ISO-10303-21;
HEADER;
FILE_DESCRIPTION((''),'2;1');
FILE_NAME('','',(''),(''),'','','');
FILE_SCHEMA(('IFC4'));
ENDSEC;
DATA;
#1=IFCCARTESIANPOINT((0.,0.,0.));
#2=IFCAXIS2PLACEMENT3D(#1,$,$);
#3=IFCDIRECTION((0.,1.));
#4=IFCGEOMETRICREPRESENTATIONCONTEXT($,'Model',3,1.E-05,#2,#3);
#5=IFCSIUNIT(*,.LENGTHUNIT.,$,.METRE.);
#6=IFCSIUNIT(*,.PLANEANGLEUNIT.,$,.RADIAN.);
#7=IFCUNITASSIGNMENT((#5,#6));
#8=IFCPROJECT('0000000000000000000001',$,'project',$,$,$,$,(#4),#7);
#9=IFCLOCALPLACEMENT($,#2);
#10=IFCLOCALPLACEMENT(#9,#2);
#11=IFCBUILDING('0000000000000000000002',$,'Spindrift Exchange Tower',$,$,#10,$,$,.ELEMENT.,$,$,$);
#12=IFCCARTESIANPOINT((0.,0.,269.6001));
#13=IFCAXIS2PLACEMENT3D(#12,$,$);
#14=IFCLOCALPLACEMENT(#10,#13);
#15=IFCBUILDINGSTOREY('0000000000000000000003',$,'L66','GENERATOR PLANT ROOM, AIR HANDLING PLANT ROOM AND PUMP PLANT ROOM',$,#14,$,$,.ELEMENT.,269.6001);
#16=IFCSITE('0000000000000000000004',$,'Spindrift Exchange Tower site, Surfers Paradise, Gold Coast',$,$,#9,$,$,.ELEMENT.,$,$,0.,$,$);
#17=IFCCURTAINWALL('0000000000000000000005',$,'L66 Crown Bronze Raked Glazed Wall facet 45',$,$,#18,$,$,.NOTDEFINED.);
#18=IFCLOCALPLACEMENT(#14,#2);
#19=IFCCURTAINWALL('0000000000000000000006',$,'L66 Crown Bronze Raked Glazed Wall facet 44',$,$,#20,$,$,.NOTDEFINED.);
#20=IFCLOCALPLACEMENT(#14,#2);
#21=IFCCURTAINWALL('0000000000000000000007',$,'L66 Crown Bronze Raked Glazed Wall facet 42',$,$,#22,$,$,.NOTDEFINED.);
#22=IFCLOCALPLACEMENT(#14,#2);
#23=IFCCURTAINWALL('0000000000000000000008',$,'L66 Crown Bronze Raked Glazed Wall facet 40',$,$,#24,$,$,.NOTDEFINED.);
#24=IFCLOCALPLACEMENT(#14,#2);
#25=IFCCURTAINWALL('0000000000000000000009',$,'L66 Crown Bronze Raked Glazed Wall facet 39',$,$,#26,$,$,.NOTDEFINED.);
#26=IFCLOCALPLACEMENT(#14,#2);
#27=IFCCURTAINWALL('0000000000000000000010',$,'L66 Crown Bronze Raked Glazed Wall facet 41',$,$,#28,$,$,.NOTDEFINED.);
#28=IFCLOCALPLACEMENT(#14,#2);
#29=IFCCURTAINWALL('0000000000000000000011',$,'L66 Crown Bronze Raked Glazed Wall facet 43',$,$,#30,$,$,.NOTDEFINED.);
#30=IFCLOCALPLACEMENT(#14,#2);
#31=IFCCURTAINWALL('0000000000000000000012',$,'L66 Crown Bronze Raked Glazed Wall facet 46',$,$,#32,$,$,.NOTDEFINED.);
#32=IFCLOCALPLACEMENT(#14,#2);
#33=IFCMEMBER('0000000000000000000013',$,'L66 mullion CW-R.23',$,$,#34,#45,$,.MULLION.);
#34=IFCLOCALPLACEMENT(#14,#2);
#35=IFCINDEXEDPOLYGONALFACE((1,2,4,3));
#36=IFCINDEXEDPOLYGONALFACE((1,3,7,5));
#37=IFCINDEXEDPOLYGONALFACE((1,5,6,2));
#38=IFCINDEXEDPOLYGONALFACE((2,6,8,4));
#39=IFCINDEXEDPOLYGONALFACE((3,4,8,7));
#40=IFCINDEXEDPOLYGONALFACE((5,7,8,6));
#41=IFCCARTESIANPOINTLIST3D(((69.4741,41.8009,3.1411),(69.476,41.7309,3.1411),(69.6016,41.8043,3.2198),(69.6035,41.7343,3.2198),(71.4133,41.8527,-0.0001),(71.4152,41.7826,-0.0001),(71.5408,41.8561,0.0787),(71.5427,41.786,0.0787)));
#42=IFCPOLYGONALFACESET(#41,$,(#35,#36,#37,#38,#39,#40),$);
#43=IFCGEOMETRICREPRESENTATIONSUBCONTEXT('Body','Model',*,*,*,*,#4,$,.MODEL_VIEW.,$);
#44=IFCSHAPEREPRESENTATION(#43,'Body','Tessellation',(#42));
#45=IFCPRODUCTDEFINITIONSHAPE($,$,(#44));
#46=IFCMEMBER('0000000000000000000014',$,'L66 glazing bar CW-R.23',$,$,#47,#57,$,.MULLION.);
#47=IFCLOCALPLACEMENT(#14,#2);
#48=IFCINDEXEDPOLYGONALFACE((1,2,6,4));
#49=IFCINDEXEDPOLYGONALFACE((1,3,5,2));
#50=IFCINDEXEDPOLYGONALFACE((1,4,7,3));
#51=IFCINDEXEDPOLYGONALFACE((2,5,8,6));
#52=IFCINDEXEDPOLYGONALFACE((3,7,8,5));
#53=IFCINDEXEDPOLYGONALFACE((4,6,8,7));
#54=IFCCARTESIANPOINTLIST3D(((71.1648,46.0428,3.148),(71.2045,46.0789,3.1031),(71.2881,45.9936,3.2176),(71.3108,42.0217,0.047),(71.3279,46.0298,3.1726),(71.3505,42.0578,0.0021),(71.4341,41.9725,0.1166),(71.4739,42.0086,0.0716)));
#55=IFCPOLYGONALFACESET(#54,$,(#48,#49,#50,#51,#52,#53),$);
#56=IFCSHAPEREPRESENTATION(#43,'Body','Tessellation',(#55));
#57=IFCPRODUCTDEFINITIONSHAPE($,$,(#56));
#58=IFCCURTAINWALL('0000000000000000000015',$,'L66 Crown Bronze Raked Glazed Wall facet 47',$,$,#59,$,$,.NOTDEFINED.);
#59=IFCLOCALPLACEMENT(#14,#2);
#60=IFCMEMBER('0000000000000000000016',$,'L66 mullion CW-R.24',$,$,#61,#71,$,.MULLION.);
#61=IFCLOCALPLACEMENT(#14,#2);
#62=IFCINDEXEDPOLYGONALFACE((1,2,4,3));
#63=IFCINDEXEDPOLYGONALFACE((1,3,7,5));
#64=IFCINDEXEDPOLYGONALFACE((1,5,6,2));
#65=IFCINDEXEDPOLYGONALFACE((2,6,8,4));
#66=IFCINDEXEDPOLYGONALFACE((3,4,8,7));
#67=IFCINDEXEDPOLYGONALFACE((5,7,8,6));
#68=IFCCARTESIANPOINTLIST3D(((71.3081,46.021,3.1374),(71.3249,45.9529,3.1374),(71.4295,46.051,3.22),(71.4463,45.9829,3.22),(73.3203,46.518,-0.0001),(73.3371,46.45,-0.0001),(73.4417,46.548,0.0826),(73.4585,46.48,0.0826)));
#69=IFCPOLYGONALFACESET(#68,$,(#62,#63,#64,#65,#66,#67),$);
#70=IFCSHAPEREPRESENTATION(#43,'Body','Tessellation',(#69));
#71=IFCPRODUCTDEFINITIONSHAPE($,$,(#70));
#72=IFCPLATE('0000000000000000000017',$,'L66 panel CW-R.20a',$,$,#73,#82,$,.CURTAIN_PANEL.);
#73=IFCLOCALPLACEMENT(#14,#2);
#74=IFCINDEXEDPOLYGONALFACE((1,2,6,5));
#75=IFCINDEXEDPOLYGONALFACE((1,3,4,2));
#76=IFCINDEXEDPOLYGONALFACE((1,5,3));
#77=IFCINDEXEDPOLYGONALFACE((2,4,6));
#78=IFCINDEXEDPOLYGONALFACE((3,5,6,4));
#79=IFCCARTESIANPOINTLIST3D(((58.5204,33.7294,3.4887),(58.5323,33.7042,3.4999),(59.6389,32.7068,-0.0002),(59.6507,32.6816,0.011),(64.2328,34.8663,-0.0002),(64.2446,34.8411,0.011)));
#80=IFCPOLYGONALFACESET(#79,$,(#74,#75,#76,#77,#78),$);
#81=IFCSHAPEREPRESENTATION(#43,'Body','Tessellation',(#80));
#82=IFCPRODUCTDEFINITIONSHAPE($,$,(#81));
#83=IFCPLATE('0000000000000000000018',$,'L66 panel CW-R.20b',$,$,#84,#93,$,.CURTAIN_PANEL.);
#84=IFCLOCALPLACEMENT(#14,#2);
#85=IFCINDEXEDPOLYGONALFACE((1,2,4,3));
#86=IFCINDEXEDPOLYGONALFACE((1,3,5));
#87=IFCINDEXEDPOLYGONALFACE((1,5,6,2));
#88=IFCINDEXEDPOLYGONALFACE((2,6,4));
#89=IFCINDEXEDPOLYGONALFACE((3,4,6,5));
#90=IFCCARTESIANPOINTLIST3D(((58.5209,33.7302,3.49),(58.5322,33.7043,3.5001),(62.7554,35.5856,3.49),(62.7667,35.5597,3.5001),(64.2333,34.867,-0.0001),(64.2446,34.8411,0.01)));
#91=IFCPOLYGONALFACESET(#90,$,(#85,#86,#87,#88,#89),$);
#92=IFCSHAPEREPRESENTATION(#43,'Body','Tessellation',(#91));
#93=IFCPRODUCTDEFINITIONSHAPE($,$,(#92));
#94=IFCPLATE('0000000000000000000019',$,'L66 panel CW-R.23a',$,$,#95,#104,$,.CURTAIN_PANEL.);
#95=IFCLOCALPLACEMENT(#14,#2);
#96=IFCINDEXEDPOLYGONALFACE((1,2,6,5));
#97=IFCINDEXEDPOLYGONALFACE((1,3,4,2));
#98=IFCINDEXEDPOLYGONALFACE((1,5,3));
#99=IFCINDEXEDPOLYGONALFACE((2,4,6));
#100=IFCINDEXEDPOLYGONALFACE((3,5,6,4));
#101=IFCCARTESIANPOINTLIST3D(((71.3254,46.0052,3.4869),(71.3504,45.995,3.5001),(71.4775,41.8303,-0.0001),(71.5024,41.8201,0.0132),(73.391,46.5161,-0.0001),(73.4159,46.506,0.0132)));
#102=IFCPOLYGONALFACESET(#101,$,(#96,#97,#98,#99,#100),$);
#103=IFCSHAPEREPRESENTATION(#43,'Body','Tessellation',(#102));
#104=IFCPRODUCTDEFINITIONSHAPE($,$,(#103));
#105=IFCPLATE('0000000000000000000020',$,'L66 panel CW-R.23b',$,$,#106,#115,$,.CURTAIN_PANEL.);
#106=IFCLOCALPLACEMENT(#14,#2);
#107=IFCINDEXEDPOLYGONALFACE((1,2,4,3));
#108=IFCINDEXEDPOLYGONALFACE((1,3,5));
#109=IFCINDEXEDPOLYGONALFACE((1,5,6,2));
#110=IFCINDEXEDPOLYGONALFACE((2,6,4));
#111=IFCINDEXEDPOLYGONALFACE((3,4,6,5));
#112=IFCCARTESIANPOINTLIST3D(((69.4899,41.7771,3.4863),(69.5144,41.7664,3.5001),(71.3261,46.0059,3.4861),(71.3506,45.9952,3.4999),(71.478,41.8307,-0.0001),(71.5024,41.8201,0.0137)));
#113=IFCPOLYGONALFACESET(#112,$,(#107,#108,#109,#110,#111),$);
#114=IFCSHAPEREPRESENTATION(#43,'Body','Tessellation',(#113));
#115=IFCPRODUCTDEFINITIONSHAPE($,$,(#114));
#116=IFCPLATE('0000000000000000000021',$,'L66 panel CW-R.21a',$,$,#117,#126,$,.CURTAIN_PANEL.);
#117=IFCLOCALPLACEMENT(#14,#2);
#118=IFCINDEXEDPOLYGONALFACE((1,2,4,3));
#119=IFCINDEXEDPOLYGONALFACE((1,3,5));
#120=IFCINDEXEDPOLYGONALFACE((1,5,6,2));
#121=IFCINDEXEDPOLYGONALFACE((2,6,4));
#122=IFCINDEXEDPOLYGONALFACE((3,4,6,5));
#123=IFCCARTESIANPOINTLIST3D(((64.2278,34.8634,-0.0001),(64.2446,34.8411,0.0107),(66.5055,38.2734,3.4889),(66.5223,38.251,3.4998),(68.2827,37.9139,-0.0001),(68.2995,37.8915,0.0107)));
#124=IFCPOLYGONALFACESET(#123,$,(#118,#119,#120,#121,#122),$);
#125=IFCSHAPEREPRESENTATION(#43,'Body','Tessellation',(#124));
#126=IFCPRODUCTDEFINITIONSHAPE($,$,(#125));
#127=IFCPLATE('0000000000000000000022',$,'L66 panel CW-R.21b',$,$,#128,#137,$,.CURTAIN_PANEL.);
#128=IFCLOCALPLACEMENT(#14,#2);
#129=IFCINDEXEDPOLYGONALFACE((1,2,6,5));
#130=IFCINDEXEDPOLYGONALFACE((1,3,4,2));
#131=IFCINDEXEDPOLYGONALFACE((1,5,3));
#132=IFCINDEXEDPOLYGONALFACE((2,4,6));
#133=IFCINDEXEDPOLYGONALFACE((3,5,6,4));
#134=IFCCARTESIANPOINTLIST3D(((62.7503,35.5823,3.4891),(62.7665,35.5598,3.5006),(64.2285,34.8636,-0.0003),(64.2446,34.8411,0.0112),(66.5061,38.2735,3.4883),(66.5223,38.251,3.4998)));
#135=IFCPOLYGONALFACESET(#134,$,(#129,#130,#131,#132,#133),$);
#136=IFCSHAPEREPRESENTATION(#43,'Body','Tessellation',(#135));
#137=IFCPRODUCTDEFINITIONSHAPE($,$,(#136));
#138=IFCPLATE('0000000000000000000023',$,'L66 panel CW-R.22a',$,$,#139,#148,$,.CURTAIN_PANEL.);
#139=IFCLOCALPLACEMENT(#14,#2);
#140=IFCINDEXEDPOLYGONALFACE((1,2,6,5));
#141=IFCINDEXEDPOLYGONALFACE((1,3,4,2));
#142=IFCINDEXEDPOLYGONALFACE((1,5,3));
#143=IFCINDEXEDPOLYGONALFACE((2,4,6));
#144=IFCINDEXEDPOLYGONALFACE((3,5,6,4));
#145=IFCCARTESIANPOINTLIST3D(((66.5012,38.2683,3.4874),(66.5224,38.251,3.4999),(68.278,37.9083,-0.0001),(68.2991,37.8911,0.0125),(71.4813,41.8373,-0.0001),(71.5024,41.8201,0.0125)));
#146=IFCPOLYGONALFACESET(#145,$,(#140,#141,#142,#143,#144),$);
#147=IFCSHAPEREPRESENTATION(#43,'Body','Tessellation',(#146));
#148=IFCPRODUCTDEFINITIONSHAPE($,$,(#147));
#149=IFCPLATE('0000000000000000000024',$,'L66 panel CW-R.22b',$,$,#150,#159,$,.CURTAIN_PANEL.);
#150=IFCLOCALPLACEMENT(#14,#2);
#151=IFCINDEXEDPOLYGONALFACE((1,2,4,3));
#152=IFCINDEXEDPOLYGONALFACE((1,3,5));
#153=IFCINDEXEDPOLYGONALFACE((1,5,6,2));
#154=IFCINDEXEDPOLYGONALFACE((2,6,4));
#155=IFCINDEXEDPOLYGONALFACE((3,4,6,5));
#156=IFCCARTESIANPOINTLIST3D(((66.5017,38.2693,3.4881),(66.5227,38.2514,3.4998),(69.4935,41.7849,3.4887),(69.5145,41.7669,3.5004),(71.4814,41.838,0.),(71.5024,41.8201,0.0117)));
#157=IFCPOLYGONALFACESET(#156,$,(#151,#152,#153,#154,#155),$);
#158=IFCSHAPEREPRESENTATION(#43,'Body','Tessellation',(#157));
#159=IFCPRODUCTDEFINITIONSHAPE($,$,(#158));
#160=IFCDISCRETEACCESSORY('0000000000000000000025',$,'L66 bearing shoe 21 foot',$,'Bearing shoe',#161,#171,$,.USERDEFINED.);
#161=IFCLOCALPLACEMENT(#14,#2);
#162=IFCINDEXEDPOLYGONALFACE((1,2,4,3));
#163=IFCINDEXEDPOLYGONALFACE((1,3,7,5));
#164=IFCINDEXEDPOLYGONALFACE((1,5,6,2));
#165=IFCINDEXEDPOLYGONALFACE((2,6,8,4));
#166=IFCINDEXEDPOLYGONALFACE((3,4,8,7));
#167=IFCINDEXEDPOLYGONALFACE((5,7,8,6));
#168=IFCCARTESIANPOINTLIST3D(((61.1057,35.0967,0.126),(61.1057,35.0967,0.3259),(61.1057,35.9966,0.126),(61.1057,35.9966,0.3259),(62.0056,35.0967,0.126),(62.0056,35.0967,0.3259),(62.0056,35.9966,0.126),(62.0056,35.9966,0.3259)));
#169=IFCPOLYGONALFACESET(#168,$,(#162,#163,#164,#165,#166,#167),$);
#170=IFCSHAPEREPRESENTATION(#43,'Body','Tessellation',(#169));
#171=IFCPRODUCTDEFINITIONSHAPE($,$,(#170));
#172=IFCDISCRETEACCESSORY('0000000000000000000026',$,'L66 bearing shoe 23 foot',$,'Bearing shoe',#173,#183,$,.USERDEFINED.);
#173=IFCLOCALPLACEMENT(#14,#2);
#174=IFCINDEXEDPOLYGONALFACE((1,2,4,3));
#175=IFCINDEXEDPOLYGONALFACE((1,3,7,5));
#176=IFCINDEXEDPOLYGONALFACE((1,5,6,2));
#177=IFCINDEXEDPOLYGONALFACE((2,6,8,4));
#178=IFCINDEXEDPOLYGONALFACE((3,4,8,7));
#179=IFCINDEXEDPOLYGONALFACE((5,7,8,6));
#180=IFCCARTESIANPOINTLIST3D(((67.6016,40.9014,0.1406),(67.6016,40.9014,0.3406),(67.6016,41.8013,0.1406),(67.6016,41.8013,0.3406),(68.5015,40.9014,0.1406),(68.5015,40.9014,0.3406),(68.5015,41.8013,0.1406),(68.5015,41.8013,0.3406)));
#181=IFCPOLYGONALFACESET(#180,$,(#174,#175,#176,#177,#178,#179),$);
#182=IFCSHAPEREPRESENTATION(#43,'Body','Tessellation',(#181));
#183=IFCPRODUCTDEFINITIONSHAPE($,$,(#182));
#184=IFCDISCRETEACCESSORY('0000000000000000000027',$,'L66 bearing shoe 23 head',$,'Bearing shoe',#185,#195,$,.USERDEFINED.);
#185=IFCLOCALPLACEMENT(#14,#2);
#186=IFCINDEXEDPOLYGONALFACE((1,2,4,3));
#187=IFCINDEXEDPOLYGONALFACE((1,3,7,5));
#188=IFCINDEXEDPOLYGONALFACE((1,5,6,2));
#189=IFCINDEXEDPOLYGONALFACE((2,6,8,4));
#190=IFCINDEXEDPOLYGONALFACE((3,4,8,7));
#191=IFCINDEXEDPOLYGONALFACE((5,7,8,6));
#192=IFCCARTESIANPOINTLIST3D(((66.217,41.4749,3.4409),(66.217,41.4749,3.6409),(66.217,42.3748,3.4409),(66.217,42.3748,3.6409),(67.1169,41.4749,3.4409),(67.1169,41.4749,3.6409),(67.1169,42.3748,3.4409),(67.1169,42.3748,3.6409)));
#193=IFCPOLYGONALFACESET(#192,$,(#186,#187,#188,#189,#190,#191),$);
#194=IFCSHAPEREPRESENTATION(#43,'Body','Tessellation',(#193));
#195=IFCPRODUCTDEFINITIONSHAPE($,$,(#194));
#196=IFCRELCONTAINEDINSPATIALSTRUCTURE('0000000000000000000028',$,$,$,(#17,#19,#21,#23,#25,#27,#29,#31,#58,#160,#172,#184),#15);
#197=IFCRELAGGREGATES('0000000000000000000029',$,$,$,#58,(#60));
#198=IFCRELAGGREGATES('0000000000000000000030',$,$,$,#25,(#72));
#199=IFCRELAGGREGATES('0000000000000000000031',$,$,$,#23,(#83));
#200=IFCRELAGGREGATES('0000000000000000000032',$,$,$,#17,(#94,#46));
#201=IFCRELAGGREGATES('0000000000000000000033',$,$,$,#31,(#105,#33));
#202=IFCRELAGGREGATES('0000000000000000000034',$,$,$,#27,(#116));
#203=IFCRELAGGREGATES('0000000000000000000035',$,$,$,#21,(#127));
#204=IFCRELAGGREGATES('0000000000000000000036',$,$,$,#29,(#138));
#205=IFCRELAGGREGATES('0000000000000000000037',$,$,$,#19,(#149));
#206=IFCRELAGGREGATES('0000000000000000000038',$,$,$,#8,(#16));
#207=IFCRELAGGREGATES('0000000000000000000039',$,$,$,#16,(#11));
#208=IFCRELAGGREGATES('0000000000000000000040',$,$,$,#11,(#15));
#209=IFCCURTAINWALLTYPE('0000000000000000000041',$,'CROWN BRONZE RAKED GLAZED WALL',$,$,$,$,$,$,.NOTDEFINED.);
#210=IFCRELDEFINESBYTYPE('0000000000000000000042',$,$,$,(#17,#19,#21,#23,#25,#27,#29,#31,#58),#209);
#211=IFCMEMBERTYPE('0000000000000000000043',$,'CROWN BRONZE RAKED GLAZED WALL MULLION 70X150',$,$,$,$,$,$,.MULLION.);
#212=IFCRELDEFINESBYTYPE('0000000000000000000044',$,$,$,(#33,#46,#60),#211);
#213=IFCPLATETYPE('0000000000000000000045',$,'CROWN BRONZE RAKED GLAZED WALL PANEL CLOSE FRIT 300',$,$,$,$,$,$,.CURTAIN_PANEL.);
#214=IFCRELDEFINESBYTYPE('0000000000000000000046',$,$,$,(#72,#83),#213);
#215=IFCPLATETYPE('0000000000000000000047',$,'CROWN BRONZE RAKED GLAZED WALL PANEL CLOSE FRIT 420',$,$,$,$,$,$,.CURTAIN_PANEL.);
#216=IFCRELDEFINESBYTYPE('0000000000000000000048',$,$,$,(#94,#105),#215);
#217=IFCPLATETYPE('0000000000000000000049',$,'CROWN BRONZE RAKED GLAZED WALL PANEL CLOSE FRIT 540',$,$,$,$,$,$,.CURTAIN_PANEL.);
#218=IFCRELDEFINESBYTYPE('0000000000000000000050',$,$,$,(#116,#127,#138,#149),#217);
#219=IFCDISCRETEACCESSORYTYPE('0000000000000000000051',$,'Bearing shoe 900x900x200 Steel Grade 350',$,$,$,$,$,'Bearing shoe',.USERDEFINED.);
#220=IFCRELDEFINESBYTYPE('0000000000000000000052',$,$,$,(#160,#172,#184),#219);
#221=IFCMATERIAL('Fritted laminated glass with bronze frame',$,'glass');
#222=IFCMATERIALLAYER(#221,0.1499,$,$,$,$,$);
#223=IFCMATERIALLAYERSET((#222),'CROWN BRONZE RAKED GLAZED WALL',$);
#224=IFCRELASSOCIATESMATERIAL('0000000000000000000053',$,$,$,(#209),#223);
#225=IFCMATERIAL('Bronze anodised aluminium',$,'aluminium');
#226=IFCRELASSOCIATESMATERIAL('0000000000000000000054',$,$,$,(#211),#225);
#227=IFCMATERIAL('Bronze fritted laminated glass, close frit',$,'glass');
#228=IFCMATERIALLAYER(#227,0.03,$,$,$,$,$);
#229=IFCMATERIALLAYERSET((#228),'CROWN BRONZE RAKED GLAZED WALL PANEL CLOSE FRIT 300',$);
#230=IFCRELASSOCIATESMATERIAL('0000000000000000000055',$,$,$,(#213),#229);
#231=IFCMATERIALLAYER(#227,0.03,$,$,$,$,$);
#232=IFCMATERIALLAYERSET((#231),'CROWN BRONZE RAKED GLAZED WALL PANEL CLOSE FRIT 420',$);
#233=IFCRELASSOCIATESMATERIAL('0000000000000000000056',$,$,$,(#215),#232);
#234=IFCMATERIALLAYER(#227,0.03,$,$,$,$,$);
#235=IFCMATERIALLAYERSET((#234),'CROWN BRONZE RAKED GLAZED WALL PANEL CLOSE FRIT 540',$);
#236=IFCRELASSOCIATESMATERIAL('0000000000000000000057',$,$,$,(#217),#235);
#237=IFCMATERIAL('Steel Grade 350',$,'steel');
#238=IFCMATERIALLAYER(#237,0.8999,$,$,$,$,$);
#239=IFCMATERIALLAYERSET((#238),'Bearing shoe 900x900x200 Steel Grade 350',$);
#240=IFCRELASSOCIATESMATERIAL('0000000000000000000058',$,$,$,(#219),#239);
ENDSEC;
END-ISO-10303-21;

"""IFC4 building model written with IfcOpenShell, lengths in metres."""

from ifc_helpers import new_model, si_unit, direction, frame, origin, origin_2d, place, context, subcontext, project, spatial, line, indexed_curve, rectangle, outline, extrude, source, transform, mapped, material, layer, layer_set, material_profile, profile_set, type_object, element, aggregate, save


model = new_model("IFC4")

# Units and contexts
model_context = context("Model", 3, precision=1e-05, world=origin(), true_north=direction((0.0, 1.0)))
body_context = subcontext(model_context, "Body", "Model", "MODEL_VIEW")
ifc_project = project(units=[si_unit("LENGTHUNIT", "METRE"), si_unit("PLANEANGLEUNIT", "RADIAN")], contexts=[model_context])

# Site, building, storey
site_placement = place(None, origin())
site = spatial("IfcSite", under=ifc_project, at=site_placement, Name="Spindrift Exchange Tower site, Surfers Paradise, Gold Coast", CompositionType="ELEMENT", RefElevation=0.0)
building_placement = place(site_placement, origin())
building = spatial("IfcBuilding", under=site, at=building_placement, Name="Spindrift Exchange Tower", CompositionType="ELEMENT")
storey_placement = place(building_placement, frame((0.0, 0.0, 269.6001)))
storey = spatial("IfcBuildingStorey", under=building, at=storey_placement, Name="L66", Description="GENERATOR PLANT ROOM, AIR HANDLING PLANT ROOM AND PUMP PLANT ROOM", CompositionType="ELEMENT", Elevation=269.6001)

# Curtain walls
ifc_material_1 = material(Name="Fritted laminated glass with bronze frame", Category="glass")
ifc_layer_1 = layer(ifc_material_1, 0.1499)
ifc_layer_set_1 = layer_set([ifc_layer_1], Name="CROWN BRONZE RAKED GLAZED WALL")
curtain_wall_type = type_object("IfcCurtainWallType", Name="CROWN BRONZE RAKED GLAZED WALL", PredefinedType="NOTDEFINED", material=ifc_layer_set_1)
curtain_wall_1_placement = place(storey_placement, origin())
curtain_wall_1 = element("IfcCurtainWall", 1, at=curtain_wall_1_placement, inside=storey, type_object=curtain_wall_type, Name="L66 Crown Bronze Raked Glazed Wall facet 45", PredefinedType="NOTDEFINED")
ifc_material_2 = material(Name="Bronze anodised aluminium", Category="aluminium")
curtain_wall_2_placement = place(storey_placement, origin())
curtain_wall_2 = element("IfcCurtainWall", 2, at=curtain_wall_2_placement, inside=storey, type_object=curtain_wall_type, Name="L66 Crown Bronze Raked Glazed Wall facet 44", PredefinedType="NOTDEFINED")
curtain_wall_3_placement = place(storey_placement, origin())
curtain_wall_3 = element("IfcCurtainWall", 3, at=curtain_wall_3_placement, inside=storey, type_object=curtain_wall_type, Name="L66 Crown Bronze Raked Glazed Wall facet 42", PredefinedType="NOTDEFINED")
curtain_wall_4_placement = place(storey_placement, origin())
curtain_wall_4 = element("IfcCurtainWall", 4, at=curtain_wall_4_placement, inside=storey, type_object=curtain_wall_type, Name="L66 Crown Bronze Raked Glazed Wall facet 40", PredefinedType="NOTDEFINED")
curtain_wall_5_placement = place(storey_placement, origin())
curtain_wall_5 = element("IfcCurtainWall", 5, at=curtain_wall_5_placement, inside=storey, type_object=curtain_wall_type, Name="L66 Crown Bronze Raked Glazed Wall facet 39", PredefinedType="NOTDEFINED")

# Shared definitions
ifc_material_profile_1 = material_profile(ifc_material_2, rectangle(XDim=0.0701, YDim=0.1499, at=origin_2d()), Name="CROWN BRONZE RAKED GLAZED WALL MULLION 70X150")
ifc_profile_set_1 = profile_set([ifc_material_profile_1], Name="Bronze anodised aluminium")
member_type_1 = type_object("IfcMemberType", Name="CROWN BRONZE RAKED GLAZED WALL MULLION 70X150", PredefinedType="MULLION", material=ifc_profile_set_1)

# Curtain wall
curtain_wall_6_placement = place(storey_placement, origin())
curtain_wall_6 = element("IfcCurtainWall", 6, at=curtain_wall_6_placement, inside=storey, type_object=curtain_wall_type, Name="L66 Crown Bronze Raked Glazed Wall facet 41", PredefinedType="NOTDEFINED")

# Curtain wall
curtain_wall_7_placement = place(storey_placement, origin())
curtain_wall_7 = element("IfcCurtainWall", 7, at=curtain_wall_7_placement, inside=storey, type_object=curtain_wall_type, Name="L66 Crown Bronze Raked Glazed Wall facet 43", PredefinedType="NOTDEFINED")

# Curtain wall, member
curtain_wall_8_placement = place(storey_placement, origin())
curtain_wall_8 = element("IfcCurtainWall", 8, at=curtain_wall_8_placement, inside=storey, type_object=curtain_wall_type, Name="L66 Crown Bronze Raked Glazed Wall facet 46", PredefinedType="NOTDEFINED")
shared_shape_1 = source(origin(), body_context, "Body", "SweptSolid", [
    extrude(rectangle(XDim=0.0701, YDim=0.1499, at=origin_2d()), origin(), (0.0, 0.0, 1.0), 3.6919),
])
member_1_placement = place(storey_placement, frame((71.478, 41.8193, 0.0393), z_axis=(-0.525267, -0.014019, 0.850822), x_axis=(0.026681, -0.999644, 0.0)))
member_1 = element("IfcMember", 9, at=member_1_placement, type_object=member_type_1, Name="L66 mullion CW-R.23", PredefinedType="MULLION", context=body_context, shape_type="MappedRepresentation", body=[
    mapped(shared_shape_1, transform((0.0, 0.0, 0.0), scale=1.0)),
])

# Member
shared_shape_2 = source(origin(), body_context, "Body", "SweptSolid", [
    extrude(rectangle(XDim=0.0701, YDim=0.1499, at=origin_2d()), origin(), (0.0, 0.0, 1.0), 5.0801),
])
member_2_placement = place(storey_placement, frame((71.3923, 42.0151, 0.0593), z_axis=(-0.028738, 0.791553, 0.610425), x_axis=(-0.567522, -0.515628, 0.641909)))
member_2 = element("IfcMember", 10, at=member_2_placement, type_object=member_type_1, Name="L66 glazing bar CW-R.23", PredefinedType="MULLION", context=body_context, shape_type="MappedRepresentation", body=[
    mapped(shared_shape_2, transform((0.0, 0.0, 0.0), scale=1.0)),
])

# Curtain wall, member
curtain_wall_9_placement = place(storey_placement, origin())
curtain_wall_9 = element("IfcCurtainWall", 11, at=curtain_wall_9_placement, inside=storey, type_object=curtain_wall_type, Name="L66 Crown Bronze Raked Glazed Wall facet 47", PredefinedType="NOTDEFINED")
shared_shape_3 = source(origin(), body_context, "Body", "SweptSolid", [
    extrude(rectangle(XDim=0.0701, YDim=0.1499, at=origin_2d()), origin(), (0.0, 0.0, 1.0), 3.7603),
])
member_3_placement = place(storey_placement, frame((73.3894, 46.499, 0.0413), z_axis=(-0.535123, -0.13219, 0.834368), x_axis=(0.239819, -0.970818, 0.0)))
member_3 = element("IfcMember", 12, at=member_3_placement, type_object=member_type_1, Name="L66 mullion CW-R.24", PredefinedType="MULLION", context=body_context, shape_type="MappedRepresentation", body=[
    mapped(shared_shape_3, transform((0.0, 0.0, 0.0), scale=1.0)),
])
aggregate(curtain_wall_9, [member_3])

# Plates
ifc_material_3 = material(Name="Bronze fritted laminated glass, close frit", Category="glass")
ifc_layer_2 = layer(ifc_material_3, 0.03)
ifc_layer_set_2 = layer_set([ifc_layer_2], Name="CROWN BRONZE RAKED GLAZED WALL PANEL CLOSE FRIT 300")
plate_type_1 = type_object("IfcPlateType", Name="CROWN BRONZE RAKED GLAZED WALL PANEL CLOSE FRIT 300", PredefinedType="CURTAIN_PANEL", material=ifc_layer_set_2)
plate_1_placement = place(storey_placement, frame((64.2446, 34.8411, 0.011), z_axis=(0.394768, -0.839791, 0.372704), x_axis=(-0.904996, -0.425419, 0.0)))
plate_1 = element("IfcPlate", 13, at=plate_1_placement, type_object=plate_type_1, Name="L66 panel CW-R.20a", PredefinedType="CURTAIN_PANEL", context=body_context, shape_type="SweptSolid", body=[
    extrude(outline(indexed_curve([(0.0, 0.0), (5.0762, 0.0), (5.6533, -3.7598)], segments=[line(1, 2, 3, 1)], self_intersect=False)), origin(), (0.0, 0.0, -1.0), 0.03),
])
aggregate(curtain_wall_5, [plate_1])
plate_2_placement = place(storey_placement, frame((64.2446, 34.8411, 0.01), z_axis=(0.377779, -0.862195, 0.337496), x_axis=(-0.841289, -0.167417, 0.514007)))
plate_2 = element("IfcPlate", 14, at=plate_2_placement, type_object=plate_type_1, Name="L66 panel CW-R.20b", PredefinedType="CURTAIN_PANEL", context=body_context, shape_type="SweptSolid", body=[
    extrude(outline(indexed_curve([(0.0, 0.0), (6.79, 0.0), (2.917, -2.5244)], segments=[line(1, 2, 3, 1)], self_intersect=False)), origin(), (0.0, 0.0, -1.0), 0.03),
])
aggregate(curtain_wall_4, [plate_2])
ifc_layer_3 = layer(ifc_material_3, 0.03)
ifc_layer_set_3 = layer_set([ifc_layer_3], Name="CROWN BRONZE RAKED GLAZED WALL PANEL CLOSE FRIT 420")
plate_type_2 = type_object("IfcPlateType", Name="CROWN BRONZE RAKED GLAZED WALL PANEL CLOSE FRIT 420", PredefinedType="CURTAIN_PANEL", material=ifc_layer_set_3)
plate_3_placement = place(storey_placement, frame((71.5024, 41.8201, 0.0132), z_axis=(0.83036, -0.339075, 0.442189), x_axis=(0.378043, 0.925788, 0.0)))
plate_3 = element("IfcPlate", 15, at=plate_3_placement, type_object=plate_type_2, Name="L66 panel CW-R.23a", PredefinedType="CURTAIN_PANEL", context=body_context, shape_type="SweptSolid", body=[
    extrude(outline(indexed_curve([(0.0, 0.0), (5.0615, 0.0), (3.8076, 3.8877)], segments=[line(1, 2, 3, 1)], self_intersect=False)), origin(), (0.0, 0.0, -1.0), 0.03),
])
aggregate(curtain_wall_1, [plate_3, member_2])
plate_4_placement = place(storey_placement, frame((71.5024, 41.8201, 0.0137), z_axis=(0.814844, -0.353789, 0.459197), x_axis=(-0.027907, 0.767297, 0.640685)))
plate_4 = element("IfcPlate", 16, at=plate_4_placement, type_object=plate_type_2, Name="L66 panel CW-R.23b", PredefinedType="CURTAIN_PANEL", context=body_context, shape_type="SweptSolid", body=[
    extrude(outline(indexed_curve([(0.0, 0.0), (5.4414, 0.0), (2.248, 3.3252)], segments=[line(1, 2, 3, 1)], self_intersect=False)), origin(), (0.0, 0.0, -1.0), 0.03),
])
aggregate(curtain_wall_8, [plate_4, member_1])
ifc_layer_4 = layer(ifc_material_3, 0.03)
ifc_layer_set_4 = layer_set([ifc_layer_4], Name="CROWN BRONZE RAKED GLAZED WALL PANEL CLOSE FRIT 540")
plate_type_3 = type_object("IfcPlateType", Name="CROWN BRONZE RAKED GLAZED WALL PANEL CLOSE FRIT 540", PredefinedType="CURTAIN_PANEL", material=ifc_layer_set_4)
plate_5_placement = place(storey_placement, frame((64.2446, 34.8411, 0.0107), z_axis=(0.560356, -0.744869, 0.362175), x_axis=(0.799121, 0.60117, 0.0)))
plate_5 = element("IfcPlate", 17, at=plate_5_placement, type_object=plate_type_3, Name="L66 panel CW-R.21a", PredefinedType="CURTAIN_PANEL", context=body_context, shape_type="SweptSolid", body=[
    extrude(outline(indexed_curve([(0.0, 0.0), (5.0742, 0.0), (3.8701, 3.7432)], segments=[line(1, 2, 3, 1)], self_intersect=False)), origin(), (0.0, 0.0, -1.0), 0.03),
])
aggregate(curtain_wall_6, [plate_5])
plate_6_placement = place(storey_placement, frame((64.2446, 34.8411, 0.0112), z_axis=(0.538177, -0.750958, 0.382659), x_axis=(0.423062, 0.633368, 0.647969)))
plate_6 = element("IfcPlate", 18, at=plate_6_placement, type_object=plate_type_3, Name="L66 panel CW-R.21b", PredefinedType="CURTAIN_PANEL", context=body_context, shape_type="SweptSolid", body=[
    extrude(outline(indexed_curve([(0.0, 0.0), (5.3838, 0.0), (2.0908, 3.2412)], segments=[line(1, 2, 3, 1)], self_intersect=False)), origin(), (0.0, 0.0, -1.0), 0.03),
])
aggregate(curtain_wall_3, [plate_6])
plate_7_placement = place(storey_placement, frame((71.5024, 41.8201, 0.0125), z_axis=(0.704101, -0.574062, 0.417964), x_axis=(-0.631904, -0.775046, 0.0)))
plate_7 = element("IfcPlate", 19, at=plate_7_placement, type_object=plate_type_3, Name="L66 panel CW-R.22a", PredefinedType="CURTAIN_PANEL", context=body_context, shape_type="SweptSolid", body=[
    extrude(outline(indexed_curve([(0.0, 0.0), (5.0693, 0.0), (5.9131, -3.8389)], segments=[line(1, 2, 3, 1)], self_intersect=False)), origin(), (0.0, 0.0, -1.0), 0.03),
])
aggregate(curtain_wall_7, [plate_7])
plate_8_placement = place(storey_placement, frame((71.5024, 41.8201, 0.0117), z_axis=(0.701088, -0.596704, 0.39041), x_axis=(-0.706363, -0.506207, 0.494779)))
plate_8 = element("IfcPlate", 20, at=plate_8_placement, type_object=plate_type_3, Name="L66 panel CW-R.22b", PredefinedType="CURTAIN_PANEL", context=body_context, shape_type="SweptSolid", body=[
    extrude(outline(indexed_curve([(0.0, 0.0), (7.0498, 0.0), (3.1572, -2.4814)], segments=[line(1, 2, 3, 1)], self_intersect=False)), origin(), (0.0, 0.0, -1.0), 0.03),
])
aggregate(curtain_wall_2, [plate_8])

# Discrete accessories
ifc_material_4 = material(Name="Steel Grade 350", Category="steel")
ifc_layer_5 = layer(ifc_material_4, 0.8999)
ifc_layer_set_5 = layer_set([ifc_layer_5], Name="Bearing shoe 900x900x200 Steel Grade 350")
discrete_accessory_type = type_object("IfcDiscreteAccessoryType", Name="Bearing shoe 900x900x200 Steel Grade 350", ElementType="Bearing shoe", PredefinedType="USERDEFINED", material=ifc_layer_set_5)
shared_shape_4 = source(origin(), body_context, "Body", "SweptSolid", [
    extrude(rectangle(XDim=0.8999, YDim=0.8999, at=origin_2d()), origin(), (0.0, 0.0, 1.0), 0.2),
])
for number, where, z_axis, x_axis, name in (
    (21, (61.5557, 35.5466, 0.126), (0.0, 0.0, 1.0), (1.0, 0.0, 0.0), "L66 bearing shoe 21 foot"),
    (22, (68.0515, 41.3513, 0.1406), (0.0, 0.0, 1.0), (1.0, 0.0, 0.0), "L66 bearing shoe 23 foot"),
    (23, (66.667, 41.9248, 3.4409), (0.0, 0.0, 1.0), (1.0, 0.0, 0.0), "L66 bearing shoe 23 head"),
):
    element("IfcDiscreteAccessory", number, at=place(storey_placement, frame(where, z_axis=z_axis, x_axis=x_axis)), inside=storey, type_object=discrete_accessory_type, Name=name, ObjectType="Bearing shoe", PredefinedType="USERDEFINED", context=body_context, shape_type="MappedRepresentation", body=[
        mapped(shared_shape_4, transform((0.0, 0.0, 0.0), scale=1.0)),
    ])

save(model, "model.ifc")
